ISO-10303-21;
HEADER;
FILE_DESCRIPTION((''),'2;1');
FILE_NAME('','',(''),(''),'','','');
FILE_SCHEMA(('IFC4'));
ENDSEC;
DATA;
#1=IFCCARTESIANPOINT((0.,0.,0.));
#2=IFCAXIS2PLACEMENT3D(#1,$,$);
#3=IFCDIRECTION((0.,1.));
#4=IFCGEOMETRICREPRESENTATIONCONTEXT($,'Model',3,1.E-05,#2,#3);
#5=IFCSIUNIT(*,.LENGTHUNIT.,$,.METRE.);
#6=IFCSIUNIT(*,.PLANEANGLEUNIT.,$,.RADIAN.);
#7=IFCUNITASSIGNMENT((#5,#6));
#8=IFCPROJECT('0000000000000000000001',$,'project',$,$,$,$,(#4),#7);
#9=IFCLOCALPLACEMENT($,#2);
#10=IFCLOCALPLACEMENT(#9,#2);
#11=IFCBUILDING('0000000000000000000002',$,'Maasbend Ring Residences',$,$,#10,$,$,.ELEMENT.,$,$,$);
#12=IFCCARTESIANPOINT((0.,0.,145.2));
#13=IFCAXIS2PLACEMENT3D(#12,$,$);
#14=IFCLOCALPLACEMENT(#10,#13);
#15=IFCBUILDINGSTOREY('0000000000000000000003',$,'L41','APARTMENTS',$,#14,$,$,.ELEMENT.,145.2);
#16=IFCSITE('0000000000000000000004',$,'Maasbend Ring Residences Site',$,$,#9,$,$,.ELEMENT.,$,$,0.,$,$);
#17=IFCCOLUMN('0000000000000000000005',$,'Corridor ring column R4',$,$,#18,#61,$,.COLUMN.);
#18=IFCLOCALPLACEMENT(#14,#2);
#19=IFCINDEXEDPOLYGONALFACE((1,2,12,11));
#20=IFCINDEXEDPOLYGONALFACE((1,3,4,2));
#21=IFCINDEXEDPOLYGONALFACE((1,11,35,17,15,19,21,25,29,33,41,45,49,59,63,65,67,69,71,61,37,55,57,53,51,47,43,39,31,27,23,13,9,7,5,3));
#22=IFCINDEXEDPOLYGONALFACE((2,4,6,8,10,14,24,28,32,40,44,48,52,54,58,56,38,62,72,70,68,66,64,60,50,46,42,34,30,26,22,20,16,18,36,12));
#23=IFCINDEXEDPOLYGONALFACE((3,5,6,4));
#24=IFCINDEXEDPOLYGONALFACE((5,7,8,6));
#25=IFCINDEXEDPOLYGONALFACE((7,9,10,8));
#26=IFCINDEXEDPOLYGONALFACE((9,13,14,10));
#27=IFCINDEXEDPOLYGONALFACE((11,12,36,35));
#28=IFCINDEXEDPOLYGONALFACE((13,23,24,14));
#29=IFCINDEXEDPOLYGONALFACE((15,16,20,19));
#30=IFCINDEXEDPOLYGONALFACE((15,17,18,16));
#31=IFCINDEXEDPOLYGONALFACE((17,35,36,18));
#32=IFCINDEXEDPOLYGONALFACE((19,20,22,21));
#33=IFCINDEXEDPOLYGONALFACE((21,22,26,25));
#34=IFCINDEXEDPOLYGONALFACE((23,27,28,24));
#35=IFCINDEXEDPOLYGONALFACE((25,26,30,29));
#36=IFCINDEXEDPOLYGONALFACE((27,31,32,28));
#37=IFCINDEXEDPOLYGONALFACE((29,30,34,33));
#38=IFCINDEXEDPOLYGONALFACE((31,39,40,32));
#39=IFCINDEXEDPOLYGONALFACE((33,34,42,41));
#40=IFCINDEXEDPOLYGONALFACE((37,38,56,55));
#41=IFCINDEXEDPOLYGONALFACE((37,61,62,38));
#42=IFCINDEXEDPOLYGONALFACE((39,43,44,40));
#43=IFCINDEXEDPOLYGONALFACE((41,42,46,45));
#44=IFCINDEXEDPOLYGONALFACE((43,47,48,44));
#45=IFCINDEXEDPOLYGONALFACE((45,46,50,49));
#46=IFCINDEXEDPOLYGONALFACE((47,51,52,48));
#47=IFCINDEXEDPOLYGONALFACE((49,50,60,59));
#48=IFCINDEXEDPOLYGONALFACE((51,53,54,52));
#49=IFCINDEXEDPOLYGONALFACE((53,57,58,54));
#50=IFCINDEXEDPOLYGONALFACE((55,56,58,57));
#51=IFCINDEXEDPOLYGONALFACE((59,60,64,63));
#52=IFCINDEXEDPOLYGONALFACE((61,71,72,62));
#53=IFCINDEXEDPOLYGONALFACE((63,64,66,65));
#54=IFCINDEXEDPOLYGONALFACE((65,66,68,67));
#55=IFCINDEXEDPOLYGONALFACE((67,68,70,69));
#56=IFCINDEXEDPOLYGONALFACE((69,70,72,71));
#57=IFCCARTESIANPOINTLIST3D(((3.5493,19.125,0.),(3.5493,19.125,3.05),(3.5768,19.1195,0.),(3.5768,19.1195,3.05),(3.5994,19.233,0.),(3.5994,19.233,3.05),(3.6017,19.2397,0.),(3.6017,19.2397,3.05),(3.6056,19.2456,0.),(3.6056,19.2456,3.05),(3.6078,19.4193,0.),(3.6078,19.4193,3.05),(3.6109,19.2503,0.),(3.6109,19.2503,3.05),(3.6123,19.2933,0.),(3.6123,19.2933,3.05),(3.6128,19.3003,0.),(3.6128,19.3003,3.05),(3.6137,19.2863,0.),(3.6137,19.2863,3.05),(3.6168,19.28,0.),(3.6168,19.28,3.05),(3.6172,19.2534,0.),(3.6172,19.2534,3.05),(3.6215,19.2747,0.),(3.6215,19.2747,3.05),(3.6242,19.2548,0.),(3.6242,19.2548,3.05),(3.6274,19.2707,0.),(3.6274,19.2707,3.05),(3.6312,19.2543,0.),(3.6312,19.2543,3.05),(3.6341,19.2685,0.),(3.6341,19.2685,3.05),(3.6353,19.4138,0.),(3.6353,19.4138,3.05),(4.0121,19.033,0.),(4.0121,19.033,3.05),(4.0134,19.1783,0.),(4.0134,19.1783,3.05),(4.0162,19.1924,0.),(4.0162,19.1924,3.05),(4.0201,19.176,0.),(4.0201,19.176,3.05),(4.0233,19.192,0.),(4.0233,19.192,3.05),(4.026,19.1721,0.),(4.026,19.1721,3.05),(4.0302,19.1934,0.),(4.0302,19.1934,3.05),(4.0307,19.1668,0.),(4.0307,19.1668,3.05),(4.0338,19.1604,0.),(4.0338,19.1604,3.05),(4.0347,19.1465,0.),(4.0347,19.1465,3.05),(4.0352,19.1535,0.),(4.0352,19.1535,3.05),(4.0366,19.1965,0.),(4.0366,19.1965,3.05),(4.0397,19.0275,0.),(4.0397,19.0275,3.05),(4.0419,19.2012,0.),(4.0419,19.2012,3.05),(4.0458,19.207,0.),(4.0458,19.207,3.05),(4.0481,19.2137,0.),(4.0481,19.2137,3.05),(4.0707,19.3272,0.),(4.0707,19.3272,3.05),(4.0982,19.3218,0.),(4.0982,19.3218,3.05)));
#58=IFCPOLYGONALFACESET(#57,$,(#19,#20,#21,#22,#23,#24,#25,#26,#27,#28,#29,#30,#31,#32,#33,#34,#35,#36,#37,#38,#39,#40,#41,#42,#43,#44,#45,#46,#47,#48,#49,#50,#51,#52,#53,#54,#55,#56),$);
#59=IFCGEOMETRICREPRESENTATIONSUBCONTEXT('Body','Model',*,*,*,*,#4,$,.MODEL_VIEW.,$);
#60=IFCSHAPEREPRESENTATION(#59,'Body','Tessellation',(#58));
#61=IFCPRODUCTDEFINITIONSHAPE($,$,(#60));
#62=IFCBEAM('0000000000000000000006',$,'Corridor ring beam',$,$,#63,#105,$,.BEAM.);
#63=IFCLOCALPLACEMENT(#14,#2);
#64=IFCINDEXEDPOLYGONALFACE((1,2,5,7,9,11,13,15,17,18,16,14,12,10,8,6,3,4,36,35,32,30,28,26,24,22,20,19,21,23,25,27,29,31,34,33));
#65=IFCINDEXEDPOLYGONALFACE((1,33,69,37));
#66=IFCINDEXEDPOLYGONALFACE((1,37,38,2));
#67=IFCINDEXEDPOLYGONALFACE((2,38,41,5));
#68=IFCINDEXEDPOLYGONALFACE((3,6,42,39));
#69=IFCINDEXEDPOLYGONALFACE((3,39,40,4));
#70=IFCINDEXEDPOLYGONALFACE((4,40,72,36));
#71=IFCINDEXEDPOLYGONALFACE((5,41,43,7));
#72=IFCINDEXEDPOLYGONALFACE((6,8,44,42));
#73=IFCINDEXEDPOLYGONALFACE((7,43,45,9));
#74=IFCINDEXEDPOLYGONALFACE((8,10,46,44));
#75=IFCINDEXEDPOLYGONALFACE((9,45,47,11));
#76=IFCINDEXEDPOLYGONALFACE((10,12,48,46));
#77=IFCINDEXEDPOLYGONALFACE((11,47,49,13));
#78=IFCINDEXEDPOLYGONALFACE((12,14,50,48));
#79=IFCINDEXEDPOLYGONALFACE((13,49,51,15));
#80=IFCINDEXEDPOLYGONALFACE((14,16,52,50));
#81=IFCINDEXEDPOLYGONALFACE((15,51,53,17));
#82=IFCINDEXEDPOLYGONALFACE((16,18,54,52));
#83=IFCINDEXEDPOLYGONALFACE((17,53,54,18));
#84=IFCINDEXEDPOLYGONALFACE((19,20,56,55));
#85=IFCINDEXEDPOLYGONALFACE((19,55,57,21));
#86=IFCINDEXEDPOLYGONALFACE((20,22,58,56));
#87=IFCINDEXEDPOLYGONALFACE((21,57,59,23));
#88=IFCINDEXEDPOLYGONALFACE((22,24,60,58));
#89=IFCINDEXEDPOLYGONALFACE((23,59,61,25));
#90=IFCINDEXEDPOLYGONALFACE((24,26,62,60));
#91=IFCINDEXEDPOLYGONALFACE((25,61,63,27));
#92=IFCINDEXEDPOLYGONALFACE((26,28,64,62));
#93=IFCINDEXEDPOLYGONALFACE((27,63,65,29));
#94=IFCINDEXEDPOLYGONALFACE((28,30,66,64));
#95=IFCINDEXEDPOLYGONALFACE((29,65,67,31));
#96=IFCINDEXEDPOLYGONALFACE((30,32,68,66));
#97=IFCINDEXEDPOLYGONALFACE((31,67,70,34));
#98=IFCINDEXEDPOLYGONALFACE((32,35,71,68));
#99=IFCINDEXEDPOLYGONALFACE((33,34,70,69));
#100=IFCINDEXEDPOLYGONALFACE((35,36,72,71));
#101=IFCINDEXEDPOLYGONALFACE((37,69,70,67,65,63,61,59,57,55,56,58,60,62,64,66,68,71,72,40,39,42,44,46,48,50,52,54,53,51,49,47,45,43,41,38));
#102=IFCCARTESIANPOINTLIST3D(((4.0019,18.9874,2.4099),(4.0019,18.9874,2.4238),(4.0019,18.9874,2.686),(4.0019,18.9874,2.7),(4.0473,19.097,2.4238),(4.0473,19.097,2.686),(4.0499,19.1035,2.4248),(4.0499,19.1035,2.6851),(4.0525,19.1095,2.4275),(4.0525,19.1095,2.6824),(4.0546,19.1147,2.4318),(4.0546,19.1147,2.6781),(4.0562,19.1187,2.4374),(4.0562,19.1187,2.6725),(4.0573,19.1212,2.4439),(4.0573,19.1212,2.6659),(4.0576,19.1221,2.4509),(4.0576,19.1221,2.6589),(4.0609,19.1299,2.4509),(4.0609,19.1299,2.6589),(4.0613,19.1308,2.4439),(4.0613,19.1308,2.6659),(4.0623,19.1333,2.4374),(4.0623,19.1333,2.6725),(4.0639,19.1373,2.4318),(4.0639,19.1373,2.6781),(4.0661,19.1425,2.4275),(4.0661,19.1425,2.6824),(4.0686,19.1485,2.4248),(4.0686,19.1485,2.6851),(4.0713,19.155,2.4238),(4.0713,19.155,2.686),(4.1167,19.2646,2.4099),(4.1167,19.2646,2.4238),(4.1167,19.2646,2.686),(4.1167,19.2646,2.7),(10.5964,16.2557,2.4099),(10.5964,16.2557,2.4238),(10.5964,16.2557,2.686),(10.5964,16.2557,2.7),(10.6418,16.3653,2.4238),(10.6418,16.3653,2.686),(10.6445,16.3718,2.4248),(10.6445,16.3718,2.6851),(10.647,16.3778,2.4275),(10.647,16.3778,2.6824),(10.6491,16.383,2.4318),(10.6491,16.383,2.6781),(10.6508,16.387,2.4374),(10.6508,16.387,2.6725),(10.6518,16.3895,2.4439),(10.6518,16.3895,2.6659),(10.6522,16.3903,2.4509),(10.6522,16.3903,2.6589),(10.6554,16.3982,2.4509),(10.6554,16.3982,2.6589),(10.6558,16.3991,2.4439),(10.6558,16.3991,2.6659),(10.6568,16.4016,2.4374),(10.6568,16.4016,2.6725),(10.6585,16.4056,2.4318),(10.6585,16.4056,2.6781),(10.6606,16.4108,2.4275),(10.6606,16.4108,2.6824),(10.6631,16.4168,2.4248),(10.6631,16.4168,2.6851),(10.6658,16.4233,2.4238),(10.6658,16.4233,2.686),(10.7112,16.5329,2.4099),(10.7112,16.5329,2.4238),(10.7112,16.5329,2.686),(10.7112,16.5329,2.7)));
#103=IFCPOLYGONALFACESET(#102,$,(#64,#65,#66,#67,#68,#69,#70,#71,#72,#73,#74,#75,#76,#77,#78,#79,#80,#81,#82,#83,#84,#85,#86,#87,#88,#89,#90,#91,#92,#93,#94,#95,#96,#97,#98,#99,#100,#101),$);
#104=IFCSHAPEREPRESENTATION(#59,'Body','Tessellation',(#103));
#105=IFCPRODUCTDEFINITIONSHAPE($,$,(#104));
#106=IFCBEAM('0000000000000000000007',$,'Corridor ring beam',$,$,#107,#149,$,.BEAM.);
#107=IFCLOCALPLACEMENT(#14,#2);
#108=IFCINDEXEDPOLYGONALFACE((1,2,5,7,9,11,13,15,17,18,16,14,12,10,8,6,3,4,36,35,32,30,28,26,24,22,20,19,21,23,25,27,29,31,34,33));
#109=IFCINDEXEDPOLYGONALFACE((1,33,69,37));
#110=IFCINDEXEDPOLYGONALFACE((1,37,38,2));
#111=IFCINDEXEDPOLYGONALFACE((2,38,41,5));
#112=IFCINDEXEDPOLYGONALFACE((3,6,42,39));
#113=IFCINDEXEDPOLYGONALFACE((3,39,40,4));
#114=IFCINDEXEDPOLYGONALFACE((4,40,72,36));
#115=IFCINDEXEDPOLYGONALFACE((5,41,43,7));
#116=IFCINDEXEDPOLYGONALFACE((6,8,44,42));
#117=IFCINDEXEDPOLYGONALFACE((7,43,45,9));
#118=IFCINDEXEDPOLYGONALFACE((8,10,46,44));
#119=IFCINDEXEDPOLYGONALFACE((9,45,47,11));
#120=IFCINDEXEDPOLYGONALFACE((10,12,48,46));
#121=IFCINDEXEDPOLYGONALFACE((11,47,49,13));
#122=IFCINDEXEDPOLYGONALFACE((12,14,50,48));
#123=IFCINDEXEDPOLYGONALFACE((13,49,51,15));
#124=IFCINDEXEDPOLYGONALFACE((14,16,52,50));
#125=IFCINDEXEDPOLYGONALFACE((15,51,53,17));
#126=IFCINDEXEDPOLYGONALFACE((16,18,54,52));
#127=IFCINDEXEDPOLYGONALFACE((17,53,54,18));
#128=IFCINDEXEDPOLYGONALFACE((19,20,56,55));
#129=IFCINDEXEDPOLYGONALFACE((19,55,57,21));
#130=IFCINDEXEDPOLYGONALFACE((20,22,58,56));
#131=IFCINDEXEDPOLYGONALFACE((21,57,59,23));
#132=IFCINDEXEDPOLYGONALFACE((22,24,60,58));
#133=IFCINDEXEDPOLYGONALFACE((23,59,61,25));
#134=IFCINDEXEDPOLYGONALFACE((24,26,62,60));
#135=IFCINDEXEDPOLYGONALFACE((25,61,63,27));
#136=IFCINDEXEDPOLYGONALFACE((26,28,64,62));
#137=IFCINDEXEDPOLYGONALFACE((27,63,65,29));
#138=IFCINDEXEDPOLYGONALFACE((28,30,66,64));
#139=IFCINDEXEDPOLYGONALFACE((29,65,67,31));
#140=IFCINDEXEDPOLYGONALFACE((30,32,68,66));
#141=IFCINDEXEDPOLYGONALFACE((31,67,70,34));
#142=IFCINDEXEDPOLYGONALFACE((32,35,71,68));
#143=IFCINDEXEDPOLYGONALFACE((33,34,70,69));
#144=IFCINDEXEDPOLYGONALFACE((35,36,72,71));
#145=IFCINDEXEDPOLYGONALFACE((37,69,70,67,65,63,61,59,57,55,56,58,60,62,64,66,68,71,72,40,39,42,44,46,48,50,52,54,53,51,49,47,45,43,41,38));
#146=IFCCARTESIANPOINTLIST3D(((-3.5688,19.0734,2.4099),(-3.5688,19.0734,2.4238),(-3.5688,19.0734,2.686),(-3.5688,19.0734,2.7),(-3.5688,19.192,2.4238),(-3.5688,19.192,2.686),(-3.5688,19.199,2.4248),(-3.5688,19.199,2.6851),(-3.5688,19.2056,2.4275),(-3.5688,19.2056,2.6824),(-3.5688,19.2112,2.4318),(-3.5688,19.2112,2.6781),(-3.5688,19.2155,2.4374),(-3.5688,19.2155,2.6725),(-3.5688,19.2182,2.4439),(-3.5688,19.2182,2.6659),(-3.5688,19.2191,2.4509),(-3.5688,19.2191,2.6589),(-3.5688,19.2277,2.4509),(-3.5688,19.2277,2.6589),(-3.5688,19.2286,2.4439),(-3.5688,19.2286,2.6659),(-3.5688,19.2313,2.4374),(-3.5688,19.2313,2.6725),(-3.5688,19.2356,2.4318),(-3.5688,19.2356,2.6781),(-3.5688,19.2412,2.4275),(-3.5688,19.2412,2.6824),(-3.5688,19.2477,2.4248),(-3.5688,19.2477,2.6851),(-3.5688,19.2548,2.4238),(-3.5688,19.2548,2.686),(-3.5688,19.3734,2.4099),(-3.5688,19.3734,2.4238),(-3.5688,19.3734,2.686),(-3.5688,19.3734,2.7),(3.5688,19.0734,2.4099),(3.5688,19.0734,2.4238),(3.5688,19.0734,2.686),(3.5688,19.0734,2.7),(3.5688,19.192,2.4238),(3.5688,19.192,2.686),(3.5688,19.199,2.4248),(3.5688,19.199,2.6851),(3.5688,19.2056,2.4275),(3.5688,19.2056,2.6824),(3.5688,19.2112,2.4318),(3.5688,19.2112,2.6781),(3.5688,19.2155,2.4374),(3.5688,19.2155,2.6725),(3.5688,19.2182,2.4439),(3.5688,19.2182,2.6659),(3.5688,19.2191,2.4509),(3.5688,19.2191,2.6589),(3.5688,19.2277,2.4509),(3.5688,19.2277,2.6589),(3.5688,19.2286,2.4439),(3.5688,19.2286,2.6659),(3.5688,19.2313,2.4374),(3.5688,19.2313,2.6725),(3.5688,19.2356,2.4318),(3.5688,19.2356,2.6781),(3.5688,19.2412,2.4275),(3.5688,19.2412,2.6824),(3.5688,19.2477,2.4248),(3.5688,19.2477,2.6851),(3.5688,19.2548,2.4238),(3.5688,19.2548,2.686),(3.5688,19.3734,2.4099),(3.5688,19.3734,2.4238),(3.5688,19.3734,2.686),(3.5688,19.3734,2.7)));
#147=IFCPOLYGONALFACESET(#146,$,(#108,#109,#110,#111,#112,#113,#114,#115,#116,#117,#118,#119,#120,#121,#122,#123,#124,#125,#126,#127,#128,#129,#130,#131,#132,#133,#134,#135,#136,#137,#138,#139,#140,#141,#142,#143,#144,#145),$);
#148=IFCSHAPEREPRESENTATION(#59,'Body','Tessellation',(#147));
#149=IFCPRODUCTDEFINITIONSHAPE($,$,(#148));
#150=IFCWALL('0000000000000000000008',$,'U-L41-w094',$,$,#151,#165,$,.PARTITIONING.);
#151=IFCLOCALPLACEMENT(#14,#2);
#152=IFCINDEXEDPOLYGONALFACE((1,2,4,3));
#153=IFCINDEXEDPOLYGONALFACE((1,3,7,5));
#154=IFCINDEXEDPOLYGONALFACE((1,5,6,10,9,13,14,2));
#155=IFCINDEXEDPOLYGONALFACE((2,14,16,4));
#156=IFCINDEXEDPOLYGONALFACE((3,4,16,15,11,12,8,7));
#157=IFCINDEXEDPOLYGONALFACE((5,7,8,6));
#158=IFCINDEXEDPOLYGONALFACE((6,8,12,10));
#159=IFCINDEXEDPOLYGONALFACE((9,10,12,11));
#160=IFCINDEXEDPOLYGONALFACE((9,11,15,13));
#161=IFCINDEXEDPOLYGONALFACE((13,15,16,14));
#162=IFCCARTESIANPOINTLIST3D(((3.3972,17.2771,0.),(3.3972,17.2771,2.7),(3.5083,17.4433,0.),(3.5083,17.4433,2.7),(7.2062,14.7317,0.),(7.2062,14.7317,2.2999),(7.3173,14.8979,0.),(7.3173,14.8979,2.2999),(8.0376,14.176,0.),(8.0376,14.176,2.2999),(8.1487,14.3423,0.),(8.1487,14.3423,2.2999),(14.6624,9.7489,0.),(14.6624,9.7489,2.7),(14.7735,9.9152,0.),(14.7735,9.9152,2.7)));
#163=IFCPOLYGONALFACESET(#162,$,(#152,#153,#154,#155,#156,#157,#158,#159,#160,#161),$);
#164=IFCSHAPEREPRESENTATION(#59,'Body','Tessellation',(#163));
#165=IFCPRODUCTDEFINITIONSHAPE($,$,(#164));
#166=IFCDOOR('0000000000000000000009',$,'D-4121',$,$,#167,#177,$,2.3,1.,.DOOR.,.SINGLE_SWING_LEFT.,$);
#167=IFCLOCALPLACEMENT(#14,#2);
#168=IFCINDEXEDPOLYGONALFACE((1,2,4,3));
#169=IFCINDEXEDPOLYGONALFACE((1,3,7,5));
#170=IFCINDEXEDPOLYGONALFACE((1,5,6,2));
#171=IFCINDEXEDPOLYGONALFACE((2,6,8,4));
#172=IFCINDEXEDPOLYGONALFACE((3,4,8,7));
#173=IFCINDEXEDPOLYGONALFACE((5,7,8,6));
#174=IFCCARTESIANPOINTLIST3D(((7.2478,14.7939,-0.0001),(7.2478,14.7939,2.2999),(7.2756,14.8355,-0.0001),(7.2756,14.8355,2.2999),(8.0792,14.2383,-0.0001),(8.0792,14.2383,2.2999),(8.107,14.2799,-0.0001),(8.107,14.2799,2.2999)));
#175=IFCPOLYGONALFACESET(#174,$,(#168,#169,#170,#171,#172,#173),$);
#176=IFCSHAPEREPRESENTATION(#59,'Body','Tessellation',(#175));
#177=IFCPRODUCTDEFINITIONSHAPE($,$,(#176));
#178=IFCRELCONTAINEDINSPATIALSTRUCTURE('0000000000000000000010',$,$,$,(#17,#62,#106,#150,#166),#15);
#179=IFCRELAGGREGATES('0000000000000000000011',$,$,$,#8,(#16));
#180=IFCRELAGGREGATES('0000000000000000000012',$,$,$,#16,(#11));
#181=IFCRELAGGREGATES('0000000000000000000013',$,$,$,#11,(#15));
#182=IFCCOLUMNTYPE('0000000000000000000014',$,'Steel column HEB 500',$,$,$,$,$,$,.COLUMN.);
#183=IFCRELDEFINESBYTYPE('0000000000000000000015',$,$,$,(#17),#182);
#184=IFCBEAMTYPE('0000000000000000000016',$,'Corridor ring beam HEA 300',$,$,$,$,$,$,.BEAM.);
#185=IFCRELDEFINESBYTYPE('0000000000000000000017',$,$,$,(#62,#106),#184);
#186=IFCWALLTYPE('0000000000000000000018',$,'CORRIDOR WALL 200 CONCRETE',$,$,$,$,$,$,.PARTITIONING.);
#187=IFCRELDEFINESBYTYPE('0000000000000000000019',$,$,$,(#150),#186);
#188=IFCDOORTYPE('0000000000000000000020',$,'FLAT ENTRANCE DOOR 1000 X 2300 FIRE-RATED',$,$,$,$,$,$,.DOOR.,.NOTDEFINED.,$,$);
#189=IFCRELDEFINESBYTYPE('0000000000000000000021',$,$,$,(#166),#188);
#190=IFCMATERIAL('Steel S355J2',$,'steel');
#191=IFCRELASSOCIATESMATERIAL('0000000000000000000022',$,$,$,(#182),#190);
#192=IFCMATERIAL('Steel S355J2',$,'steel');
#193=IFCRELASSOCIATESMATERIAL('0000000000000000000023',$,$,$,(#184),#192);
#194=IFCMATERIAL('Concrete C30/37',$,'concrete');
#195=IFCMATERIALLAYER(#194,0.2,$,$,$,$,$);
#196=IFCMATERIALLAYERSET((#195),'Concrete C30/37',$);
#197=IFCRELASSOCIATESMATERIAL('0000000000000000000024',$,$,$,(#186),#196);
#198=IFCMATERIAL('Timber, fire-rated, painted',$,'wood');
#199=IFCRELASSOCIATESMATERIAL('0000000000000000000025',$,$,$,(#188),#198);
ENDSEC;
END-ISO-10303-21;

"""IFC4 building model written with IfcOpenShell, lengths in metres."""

from ifc_helpers import new_model, si_unit, direction, frame, frame_2d, origin, origin_2d, place, context, subcontext, project, spatial, rectangle, i_section, extrude, material, layer, layer_set, material_profile, profile_set, type_object, element, fill, save


model = new_model("IFC4")

# Units and contexts
model_context = context("Model", 3, precision=1e-05, world=origin(), true_north=direction((0.0, 1.0)))
body_context = subcontext(model_context, "Body", "Model", "MODEL_VIEW")
ifc_project = project(units=[si_unit("LENGTHUNIT", "METRE"), si_unit("PLANEANGLEUNIT", "RADIAN")], contexts=[model_context])

# Site, building, storey
site_placement = place(None, origin())
site = spatial("IfcSite", under=ifc_project, at=site_placement, Name="Maasbend Ring Residences Site", CompositionType="ELEMENT", RefElevation=0.0)
building_placement = place(site_placement, origin())
building = spatial("IfcBuilding", under=site, at=building_placement, Name="Maasbend Ring Residences", CompositionType="ELEMENT")
storey_placement = place(building_placement, frame((0.0, 0.0, 145.2)))
storey = spatial("IfcBuildingStorey", under=building, at=storey_placement, Name="L41", Description="APARTMENTS", CompositionType="ELEMENT", Elevation=145.2)

# Column
ifc_material_1 = material(Name="Steel S355J2", Category="steel")
ifc_material_profile_1 = material_profile(ifc_material_1, i_section(OverallWidth=0.3, OverallDepth=0.5, WebThickness=0.0144, FlangeThickness=0.0281, FilletRadius=0.0271, at=origin_2d()), Name="HEB 500")
ifc_profile_set_1 = profile_set([ifc_material_profile_1], Name="Steel S355J2")
column_type = type_object("IfcColumnType", Name="Steel column HEB 500", PredefinedType="COLUMN", material=ifc_profile_set_1)
column_placement = place(storey_placement, frame((3.8237, 19.2234, 0.0), z_axis=(0.0, 0.0, 1.0), x_axis=(0.19509, 0.980785, 0.0)))
element("IfcColumn", 1, at=column_placement, inside=storey, type_object=column_type, Name="Corridor ring column R4", PredefinedType="COLUMN", context=body_context, shape_type="SweptSolid", body=[
    extrude(i_section(OverallWidth=0.3, OverallDepth=0.5, WebThickness=0.0144, FlangeThickness=0.0281, FilletRadius=0.0271, at=origin_2d()), origin(), (0.0, 0.0, 1.0), 3.05),
])

# Beams
ifc_material_2 = material(Name="Steel S355J2", Category="steel")
ifc_material_profile_2 = material_profile(ifc_material_2, i_section(OverallWidth=0.3, OverallDepth=0.29, WebThickness=0.0085, FlangeThickness=0.0139, FilletRadius=0.0271, at=origin_2d()), Name="HEA 300")
ifc_profile_set_2 = profile_set([ifc_material_profile_2], Name="Steel S355J2")
beam_type = type_object("IfcBeamType", Name="Corridor ring beam HEA 300", PredefinedType="BEAM", material=ifc_profile_set_2)
beam_1_placement = place(storey_placement, frame((10.6538, 16.3943, 2.5549), z_axis=(-0.923871, 0.382703, 0.0), x_axis=(-0.382703, -0.923871, 0.0)))
element("IfcBeam", 2, at=beam_1_placement, inside=storey, type_object=beam_type, Name="Corridor ring beam", PredefinedType="BEAM", context=body_context, shape_type="SweptSolid", body=[
    extrude(i_section(OverallWidth=0.3, OverallDepth=0.29, WebThickness=0.0085, FlangeThickness=0.0139, FilletRadius=0.0271, at=origin_2d()), origin(), (0.0, 0.0, 1.0), 7.1379),
])
beam_2_placement = place(storey_placement, frame((3.5688, 19.2234, 2.5549), z_axis=(-1.0, 0.0, 0.0), x_axis=(0.0, -1.0, 0.0)))
element("IfcBeam", 3, at=beam_2_placement, inside=storey, type_object=beam_type, Name="Corridor ring beam", PredefinedType="BEAM", context=body_context, shape_type="SweptSolid", body=[
    extrude(i_section(OverallWidth=0.3, OverallDepth=0.29, WebThickness=0.0085, FlangeThickness=0.0139, FilletRadius=0.0271, at=origin_2d()), origin(), (0.0, 0.0, 1.0), 7.1377),
])

# Wall, opening, door
ifc_material_3 = material(Name="Concrete C30/37", Category="concrete")
ifc_layer_1 = layer(ifc_material_3, 0.2)
ifc_layer_set_1 = layer_set([ifc_layer_1], Name="Concrete C30/37")
wall_type_1 = type_object("IfcWallType", Name="CORRIDOR WALL 200 CONCRETE", PredefinedType="PARTITIONING", material=ifc_layer_set_1)
wall_1_placement = place(storey_placement, frame((3.4529, 17.3601, 0.0), z_axis=(0.0, 0.0, 1.0), x_axis=(0.831437, -0.555619, 0.0)))
wall_1 = element("IfcWall", 4, at=wall_1_placement, inside=storey, type_object=wall_type_1, Name="U-L41-w094", PredefinedType="PARTITIONING", context=body_context, shape_type="SweptSolid", body=[
    extrude(rectangle(XDim=13.5491, YDim=0.2, at=frame_2d((6.7744, 0.0))), origin(), (0.0, 0.0, 1.0), 2.7),
])
opening_1_placement = place(wall_1_placement, frame((4.5811, 0.0, 0.0)))
opening_1 = element("IfcOpeningElement", 5, at=opening_1_placement, cuts=wall_1, PredefinedType="OPENING", context=body_context, shape_type="SweptSolid", body=[
    extrude(rectangle(XDim=1.0, YDim=2.3, at=frame_2d((0.5, 1.1499))), frame((0.0, 0.1099, 0.0), z_axis=(0.0, -1.0, 0.0), x_axis=(1.0, 0.0, 0.0)), (0.0, 0.0, 1.0), 0.22),
])
ifc_material_4 = material(Name="Timber, fire-rated, painted", Category="wood")
door_type_1 = type_object("IfcDoorType", Name="FLAT ENTRANCE DOOR 1000 X 2300 FIRE-RATED", OperationType="NOTDEFINED", PredefinedType="DOOR", material=ifc_material_4)
door_1_placement = place(opening_1_placement, origin())
door_1 = element("IfcDoor", 6, at=door_1_placement, inside=storey, type_object=door_type_1, Name="D-4121", OperationType="SINGLE_SWING_LEFT", OverallHeight=2.3, OverallWidth=1.0, PredefinedType="DOOR", context=body_context, shape_type="SweptSolid", body=[
    extrude(rectangle(XDim=1.0, YDim=2.3, at=frame_2d((0.5, 1.1499))), frame((0.0, 0.0249, 0.0), z_axis=(0.0, -1.0, 0.0), x_axis=(1.0, 0.0, 0.0)), (0.0, 0.0, 1.0), 0.05),
])
fill(opening_1, door_1)

save(model, "model.ifc")
